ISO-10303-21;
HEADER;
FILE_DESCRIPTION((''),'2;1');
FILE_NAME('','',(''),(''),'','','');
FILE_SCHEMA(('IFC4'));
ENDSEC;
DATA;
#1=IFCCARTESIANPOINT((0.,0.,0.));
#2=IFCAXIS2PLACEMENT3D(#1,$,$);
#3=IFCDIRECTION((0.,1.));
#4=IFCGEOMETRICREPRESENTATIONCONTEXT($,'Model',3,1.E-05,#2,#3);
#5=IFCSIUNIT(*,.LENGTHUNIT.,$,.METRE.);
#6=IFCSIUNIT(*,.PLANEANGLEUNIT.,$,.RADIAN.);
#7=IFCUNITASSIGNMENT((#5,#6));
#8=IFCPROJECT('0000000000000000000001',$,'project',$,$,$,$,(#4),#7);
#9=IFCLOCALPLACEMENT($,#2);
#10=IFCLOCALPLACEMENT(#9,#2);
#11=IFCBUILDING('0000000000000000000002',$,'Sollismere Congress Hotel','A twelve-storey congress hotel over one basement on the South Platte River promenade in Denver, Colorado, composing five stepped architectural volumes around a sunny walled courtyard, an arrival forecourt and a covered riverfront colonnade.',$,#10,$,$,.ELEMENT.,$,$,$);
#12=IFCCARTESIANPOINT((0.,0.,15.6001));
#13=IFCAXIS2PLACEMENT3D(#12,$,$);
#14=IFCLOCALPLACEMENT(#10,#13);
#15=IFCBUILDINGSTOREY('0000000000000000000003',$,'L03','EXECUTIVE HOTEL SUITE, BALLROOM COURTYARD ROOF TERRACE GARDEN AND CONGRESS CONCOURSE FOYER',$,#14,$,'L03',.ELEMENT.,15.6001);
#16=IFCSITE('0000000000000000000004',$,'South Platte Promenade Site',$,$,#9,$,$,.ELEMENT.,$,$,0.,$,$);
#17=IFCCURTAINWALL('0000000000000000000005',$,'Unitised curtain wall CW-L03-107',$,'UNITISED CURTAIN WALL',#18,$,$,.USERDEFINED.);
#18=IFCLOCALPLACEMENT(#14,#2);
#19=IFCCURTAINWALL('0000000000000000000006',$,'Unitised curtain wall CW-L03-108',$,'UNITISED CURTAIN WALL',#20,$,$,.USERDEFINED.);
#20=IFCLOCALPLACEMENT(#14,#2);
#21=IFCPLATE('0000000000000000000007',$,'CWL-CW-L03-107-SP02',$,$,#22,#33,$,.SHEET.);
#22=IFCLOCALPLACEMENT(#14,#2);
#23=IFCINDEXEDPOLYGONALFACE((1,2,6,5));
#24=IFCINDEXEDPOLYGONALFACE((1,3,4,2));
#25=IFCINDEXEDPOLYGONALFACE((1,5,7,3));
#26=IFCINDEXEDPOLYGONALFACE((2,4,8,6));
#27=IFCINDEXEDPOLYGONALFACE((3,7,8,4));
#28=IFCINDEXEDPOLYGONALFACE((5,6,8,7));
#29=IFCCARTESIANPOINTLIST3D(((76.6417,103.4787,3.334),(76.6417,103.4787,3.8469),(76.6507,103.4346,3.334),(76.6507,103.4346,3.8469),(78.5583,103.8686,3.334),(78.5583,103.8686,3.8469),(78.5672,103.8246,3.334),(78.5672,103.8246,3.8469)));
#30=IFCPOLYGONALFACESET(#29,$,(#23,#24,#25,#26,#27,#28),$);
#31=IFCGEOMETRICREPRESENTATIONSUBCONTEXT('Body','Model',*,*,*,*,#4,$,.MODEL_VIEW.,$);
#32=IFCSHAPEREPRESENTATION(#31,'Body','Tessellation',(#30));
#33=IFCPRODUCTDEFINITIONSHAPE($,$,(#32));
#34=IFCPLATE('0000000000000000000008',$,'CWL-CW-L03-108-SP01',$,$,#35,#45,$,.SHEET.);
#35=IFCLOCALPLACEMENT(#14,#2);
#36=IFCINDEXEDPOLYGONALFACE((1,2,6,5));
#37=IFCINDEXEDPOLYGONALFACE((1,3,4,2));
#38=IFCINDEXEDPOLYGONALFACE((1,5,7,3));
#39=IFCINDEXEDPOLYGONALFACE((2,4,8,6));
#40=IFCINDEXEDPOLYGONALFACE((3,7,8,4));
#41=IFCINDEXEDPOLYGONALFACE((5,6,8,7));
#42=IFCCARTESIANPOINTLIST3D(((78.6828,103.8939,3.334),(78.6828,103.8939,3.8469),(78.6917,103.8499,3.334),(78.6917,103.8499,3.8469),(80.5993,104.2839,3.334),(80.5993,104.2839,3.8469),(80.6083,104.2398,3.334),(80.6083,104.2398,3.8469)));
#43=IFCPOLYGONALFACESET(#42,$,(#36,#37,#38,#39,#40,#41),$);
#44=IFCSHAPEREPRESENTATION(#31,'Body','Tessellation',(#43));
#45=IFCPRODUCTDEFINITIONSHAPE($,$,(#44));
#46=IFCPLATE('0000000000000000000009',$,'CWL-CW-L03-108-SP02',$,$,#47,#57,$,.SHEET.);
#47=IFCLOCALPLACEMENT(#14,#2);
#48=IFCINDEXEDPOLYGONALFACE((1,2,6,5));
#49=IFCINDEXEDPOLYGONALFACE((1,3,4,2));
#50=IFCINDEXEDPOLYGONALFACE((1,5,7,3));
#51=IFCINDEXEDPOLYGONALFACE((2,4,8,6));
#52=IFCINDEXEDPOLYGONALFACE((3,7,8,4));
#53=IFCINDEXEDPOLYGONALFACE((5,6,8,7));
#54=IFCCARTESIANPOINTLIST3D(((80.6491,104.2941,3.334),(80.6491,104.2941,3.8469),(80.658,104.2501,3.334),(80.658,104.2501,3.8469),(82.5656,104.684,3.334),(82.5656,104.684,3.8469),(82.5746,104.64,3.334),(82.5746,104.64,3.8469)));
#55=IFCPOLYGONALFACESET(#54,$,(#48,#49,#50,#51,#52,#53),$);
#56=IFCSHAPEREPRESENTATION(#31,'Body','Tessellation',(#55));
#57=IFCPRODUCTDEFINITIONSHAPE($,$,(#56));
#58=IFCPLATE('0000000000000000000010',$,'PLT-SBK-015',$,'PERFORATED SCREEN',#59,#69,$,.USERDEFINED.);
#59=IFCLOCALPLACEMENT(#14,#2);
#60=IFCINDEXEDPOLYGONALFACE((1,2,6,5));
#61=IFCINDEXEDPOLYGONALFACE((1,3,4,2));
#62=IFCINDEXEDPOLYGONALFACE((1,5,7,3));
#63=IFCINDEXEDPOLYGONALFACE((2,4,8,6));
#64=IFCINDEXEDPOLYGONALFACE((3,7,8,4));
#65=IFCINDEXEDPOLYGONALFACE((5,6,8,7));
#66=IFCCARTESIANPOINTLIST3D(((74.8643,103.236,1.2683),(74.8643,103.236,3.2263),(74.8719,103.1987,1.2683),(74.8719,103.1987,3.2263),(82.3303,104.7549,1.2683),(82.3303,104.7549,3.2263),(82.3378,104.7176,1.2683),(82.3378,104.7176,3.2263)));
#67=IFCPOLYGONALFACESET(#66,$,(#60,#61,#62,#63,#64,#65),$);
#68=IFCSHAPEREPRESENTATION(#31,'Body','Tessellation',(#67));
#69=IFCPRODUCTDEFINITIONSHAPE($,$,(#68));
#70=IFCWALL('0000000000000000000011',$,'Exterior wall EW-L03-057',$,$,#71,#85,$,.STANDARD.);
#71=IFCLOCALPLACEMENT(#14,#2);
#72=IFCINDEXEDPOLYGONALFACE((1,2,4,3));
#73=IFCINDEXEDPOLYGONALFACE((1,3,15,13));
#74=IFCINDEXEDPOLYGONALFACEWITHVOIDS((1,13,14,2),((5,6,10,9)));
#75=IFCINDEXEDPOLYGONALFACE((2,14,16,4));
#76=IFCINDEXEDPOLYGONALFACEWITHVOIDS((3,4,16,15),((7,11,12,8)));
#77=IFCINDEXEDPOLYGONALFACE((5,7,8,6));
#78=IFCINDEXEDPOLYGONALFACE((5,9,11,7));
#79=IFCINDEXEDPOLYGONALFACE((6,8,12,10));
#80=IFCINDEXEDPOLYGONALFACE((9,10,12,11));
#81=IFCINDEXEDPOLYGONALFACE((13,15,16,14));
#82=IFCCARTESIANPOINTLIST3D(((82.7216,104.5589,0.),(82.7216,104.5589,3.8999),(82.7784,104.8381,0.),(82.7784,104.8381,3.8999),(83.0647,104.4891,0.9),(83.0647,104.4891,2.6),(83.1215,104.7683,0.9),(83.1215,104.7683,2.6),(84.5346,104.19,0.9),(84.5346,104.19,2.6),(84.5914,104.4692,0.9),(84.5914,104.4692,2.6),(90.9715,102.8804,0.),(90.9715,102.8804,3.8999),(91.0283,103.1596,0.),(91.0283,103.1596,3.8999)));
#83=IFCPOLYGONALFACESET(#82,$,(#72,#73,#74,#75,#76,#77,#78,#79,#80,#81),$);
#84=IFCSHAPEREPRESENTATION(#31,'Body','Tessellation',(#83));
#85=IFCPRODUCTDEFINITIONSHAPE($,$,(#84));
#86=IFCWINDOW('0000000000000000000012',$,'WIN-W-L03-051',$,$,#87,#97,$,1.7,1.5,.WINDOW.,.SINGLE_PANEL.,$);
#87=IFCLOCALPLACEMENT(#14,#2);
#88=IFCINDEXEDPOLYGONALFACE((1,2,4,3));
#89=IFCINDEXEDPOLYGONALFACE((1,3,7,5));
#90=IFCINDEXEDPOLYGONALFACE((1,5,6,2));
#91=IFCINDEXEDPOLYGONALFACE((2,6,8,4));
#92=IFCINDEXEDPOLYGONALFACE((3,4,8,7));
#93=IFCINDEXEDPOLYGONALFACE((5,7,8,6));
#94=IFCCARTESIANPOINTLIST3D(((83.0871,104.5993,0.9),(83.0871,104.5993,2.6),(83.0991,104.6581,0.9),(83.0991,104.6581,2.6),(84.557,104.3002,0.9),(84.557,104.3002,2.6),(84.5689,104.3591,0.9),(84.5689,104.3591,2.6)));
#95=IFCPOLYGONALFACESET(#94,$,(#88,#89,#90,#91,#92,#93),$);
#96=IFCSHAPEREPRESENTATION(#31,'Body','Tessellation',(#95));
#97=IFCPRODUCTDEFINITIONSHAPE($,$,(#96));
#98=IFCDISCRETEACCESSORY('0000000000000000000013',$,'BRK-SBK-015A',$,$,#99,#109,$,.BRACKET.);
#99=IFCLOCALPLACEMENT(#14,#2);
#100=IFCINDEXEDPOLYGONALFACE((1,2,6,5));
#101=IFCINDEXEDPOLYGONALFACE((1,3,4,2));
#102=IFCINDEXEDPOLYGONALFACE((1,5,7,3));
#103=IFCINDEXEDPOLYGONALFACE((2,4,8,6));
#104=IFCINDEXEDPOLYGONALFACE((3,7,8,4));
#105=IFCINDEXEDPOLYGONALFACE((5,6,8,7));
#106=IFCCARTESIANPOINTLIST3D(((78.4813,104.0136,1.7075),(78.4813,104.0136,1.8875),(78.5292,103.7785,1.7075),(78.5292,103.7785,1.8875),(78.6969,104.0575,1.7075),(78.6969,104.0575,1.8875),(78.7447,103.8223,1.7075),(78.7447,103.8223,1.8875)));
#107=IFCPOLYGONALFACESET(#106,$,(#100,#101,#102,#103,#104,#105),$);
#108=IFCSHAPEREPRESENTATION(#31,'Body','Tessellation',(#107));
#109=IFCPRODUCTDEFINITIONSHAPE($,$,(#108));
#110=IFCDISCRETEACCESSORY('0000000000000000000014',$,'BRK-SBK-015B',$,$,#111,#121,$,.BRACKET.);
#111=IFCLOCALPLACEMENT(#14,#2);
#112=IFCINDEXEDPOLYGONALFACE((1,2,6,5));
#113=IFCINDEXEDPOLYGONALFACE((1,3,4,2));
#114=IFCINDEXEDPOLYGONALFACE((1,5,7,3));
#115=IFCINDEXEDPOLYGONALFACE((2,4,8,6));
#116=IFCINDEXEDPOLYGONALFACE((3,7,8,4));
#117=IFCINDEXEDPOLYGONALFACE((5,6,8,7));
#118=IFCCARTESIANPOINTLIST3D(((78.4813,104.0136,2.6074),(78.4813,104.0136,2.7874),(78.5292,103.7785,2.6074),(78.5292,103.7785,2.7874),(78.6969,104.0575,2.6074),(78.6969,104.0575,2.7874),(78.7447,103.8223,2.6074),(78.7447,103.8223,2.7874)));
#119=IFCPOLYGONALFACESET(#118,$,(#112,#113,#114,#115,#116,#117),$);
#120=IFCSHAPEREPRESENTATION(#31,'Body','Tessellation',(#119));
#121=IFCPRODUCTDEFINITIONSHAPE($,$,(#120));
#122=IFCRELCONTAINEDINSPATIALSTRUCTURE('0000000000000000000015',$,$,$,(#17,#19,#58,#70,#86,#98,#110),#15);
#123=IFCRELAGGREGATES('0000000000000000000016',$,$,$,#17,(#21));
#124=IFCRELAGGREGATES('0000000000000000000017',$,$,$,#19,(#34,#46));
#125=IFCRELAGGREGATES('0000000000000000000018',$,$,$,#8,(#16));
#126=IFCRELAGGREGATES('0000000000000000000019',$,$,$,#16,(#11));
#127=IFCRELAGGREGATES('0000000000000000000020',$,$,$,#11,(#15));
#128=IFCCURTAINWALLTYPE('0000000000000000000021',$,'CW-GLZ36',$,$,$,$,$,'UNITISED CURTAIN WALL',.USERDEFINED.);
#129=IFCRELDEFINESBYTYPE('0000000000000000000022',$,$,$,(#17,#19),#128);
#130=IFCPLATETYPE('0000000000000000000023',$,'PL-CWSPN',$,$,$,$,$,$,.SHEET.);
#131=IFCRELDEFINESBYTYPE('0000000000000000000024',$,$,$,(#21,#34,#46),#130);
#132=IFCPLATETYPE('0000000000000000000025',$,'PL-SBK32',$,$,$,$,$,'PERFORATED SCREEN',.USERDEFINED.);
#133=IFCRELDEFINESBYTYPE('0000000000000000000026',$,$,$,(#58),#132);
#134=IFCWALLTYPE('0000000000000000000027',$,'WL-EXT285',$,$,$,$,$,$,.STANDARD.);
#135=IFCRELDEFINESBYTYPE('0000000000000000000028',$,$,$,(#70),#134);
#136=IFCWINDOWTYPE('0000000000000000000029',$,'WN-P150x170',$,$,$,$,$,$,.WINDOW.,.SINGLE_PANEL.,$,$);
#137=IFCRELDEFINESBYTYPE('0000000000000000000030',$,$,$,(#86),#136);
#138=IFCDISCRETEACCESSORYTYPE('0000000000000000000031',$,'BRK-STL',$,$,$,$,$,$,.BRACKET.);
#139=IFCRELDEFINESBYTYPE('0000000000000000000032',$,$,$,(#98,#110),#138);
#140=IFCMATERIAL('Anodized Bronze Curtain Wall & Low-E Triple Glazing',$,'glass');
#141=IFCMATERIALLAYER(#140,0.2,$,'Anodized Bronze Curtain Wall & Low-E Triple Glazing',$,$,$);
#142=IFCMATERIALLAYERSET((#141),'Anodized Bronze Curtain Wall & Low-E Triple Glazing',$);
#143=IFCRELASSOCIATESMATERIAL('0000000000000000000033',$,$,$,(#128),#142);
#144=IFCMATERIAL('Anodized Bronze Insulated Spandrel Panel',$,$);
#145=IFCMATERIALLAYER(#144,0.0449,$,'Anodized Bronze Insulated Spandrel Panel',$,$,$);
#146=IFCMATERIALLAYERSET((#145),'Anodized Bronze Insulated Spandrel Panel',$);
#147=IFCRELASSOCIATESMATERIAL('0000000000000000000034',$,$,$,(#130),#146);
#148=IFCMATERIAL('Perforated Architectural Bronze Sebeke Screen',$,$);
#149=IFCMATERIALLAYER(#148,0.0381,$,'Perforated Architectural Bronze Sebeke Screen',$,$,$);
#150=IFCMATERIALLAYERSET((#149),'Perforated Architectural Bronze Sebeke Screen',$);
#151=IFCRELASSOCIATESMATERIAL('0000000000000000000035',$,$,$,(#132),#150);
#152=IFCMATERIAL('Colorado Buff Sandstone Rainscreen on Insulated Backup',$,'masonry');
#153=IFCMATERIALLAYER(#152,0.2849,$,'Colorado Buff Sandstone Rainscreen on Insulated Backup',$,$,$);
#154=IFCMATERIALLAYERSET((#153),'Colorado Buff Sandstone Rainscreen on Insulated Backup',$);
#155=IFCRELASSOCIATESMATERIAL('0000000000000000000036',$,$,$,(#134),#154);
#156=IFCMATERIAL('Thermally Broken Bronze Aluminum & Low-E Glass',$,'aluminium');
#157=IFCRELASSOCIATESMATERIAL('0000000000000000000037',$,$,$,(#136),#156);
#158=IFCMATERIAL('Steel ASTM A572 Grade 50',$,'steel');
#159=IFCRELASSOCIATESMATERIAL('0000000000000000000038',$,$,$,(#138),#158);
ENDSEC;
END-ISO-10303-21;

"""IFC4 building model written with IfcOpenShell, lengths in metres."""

from ifc_helpers import new_model, si_unit, direction, frame, frame_2d, origin, origin_2d, place, context, subcontext, project, spatial, rectangle, extrude, material, layer, layer_set, type_object, element, fill, aggregate, save


model = new_model("IFC4")

# Units and contexts
model_context = context("Model", 3, precision=1e-05, world=origin(), true_north=direction((0.0, 1.0)))
body_context = subcontext(model_context, "Body", "Model", "MODEL_VIEW")
ifc_project = project(units=[si_unit("LENGTHUNIT", "METRE"), si_unit("PLANEANGLEUNIT", "RADIAN")], contexts=[model_context])

# Site, building, storey
site_placement = place(None, origin())
site = spatial("IfcSite", under=ifc_project, at=site_placement, Name="South Platte Promenade Site", CompositionType="ELEMENT", RefElevation=0.0)
building_placement = place(site_placement, origin())
building = spatial("IfcBuilding", under=site, at=building_placement, Name="Sollismere Congress Hotel", Description="A twelve-storey congress hotel over one basement on the South Platte River promenade in Denver, Colorado, composing five stepped architectural volumes around a sunny walled courtyard, an arrival forecourt and a covered riverfront colonnade.", CompositionType="ELEMENT")
storey_placement = place(building_placement, frame((0.0, 0.0, 15.6001)))
storey = spatial("IfcBuildingStorey", under=building, at=storey_placement, Name="L03", Description="EXECUTIVE HOTEL SUITE, BALLROOM COURTYARD ROOF TERRACE GARDEN AND CONGRESS CONCOURSE FOYER", LongName="L03", CompositionType="ELEMENT", Elevation=15.6001)

# Curtain walls
ifc_material_1 = material(Name="Anodized Bronze Curtain Wall & Low-E Triple Glazing", Category="glass")
ifc_layer_1 = layer(ifc_material_1, 0.2, Name="Anodized Bronze Curtain Wall & Low-E Triple Glazing")
ifc_layer_set_1 = layer_set([ifc_layer_1], Name="Anodized Bronze Curtain Wall & Low-E Triple Glazing")
curtain_wall_type = type_object("IfcCurtainWallType", Name="CW-GLZ36", ElementType="UNITISED CURTAIN WALL", PredefinedType="USERDEFINED", material=ifc_layer_set_1)
curtain_wall_1_placement = place(storey_placement, origin())
curtain_wall_1 = element("IfcCurtainWall", 1, at=curtain_wall_1_placement, inside=storey, type_object=curtain_wall_type, Name="Unitised curtain wall CW-L03-107", ObjectType="UNITISED CURTAIN WALL", PredefinedType="USERDEFINED")
curtain_wall_2_placement = place(storey_placement, origin())
curtain_wall_2 = element("IfcCurtainWall", 2, at=curtain_wall_2_placement, inside=storey, type_object=curtain_wall_type, Name="Unitised curtain wall CW-L03-108", ObjectType="UNITISED CURTAIN WALL", PredefinedType="USERDEFINED")

# Plates
ifc_material_2 = material(Name="Anodized Bronze Insulated Spandrel Panel")
ifc_layer_2 = layer(ifc_material_2, 0.0449, Name="Anodized Bronze Insulated Spandrel Panel")
ifc_layer_set_2 = layer_set([ifc_layer_2], Name="Anodized Bronze Insulated Spandrel Panel")
plate_type_1 = type_object("IfcPlateType", Name="PL-CWSPN", PredefinedType="SHEET", material=ifc_layer_set_2)
plate_1_placement = place(storey_placement, frame((77.6045, 103.6516, 3.334), z_axis=(0.0, 0.0, 1.0), x_axis=(0.979925, 0.199368, 0.0)))
plate_1 = element("IfcPlate", 3, at=plate_1_placement, type_object=plate_type_1, Name="CWL-CW-L03-107-SP02", PredefinedType="SHEET", context=body_context, shape_type="SweptSolid", body=[
    extrude(rectangle(XDim=1.9558, YDim=0.0449, at=origin_2d()), origin(), (0.0, 0.0, 1.0), 0.5129),
])
aggregate(curtain_wall_1, [plate_1])
plate_2_placement = place(storey_placement, frame((79.6455, 104.0669, 3.334), z_axis=(0.0, 0.0, 1.0), x_axis=(0.979925, 0.199368, 0.0)))
plate_2 = element("IfcPlate", 4, at=plate_2_placement, type_object=plate_type_1, Name="CWL-CW-L03-108-SP01", PredefinedType="SHEET", context=body_context, shape_type="SweptSolid", body=[
    extrude(rectangle(XDim=1.9558, YDim=0.0449, at=origin_2d()), origin(), (0.0, 0.0, 1.0), 0.5129),
])
plate_3_placement = place(storey_placement, frame((81.6118, 104.467, 3.334), z_axis=(0.0, 0.0, 1.0), x_axis=(0.979925, 0.199368, 0.0)))
plate_3 = element("IfcPlate", 5, at=plate_3_placement, type_object=plate_type_1, Name="CWL-CW-L03-108-SP02", PredefinedType="SHEET", context=body_context, shape_type="SweptSolid", body=[
    extrude(rectangle(XDim=1.9558, YDim=0.0449, at=origin_2d()), origin(), (0.0, 0.0, 1.0), 0.5129),
])
aggregate(curtain_wall_2, [plate_2, plate_3])
ifc_material_3 = material(Name="Perforated Architectural Bronze Sebeke Screen")
ifc_layer_3 = layer(ifc_material_3, 0.0381, Name="Perforated Architectural Bronze Sebeke Screen")
ifc_layer_set_3 = layer_set([ifc_layer_3], Name="Perforated Architectural Bronze Sebeke Screen")
plate_type_2 = type_object("IfcPlateType", Name="PL-SBK32", ElementType="PERFORATED SCREEN", PredefinedType="USERDEFINED", material=ifc_layer_set_3)
plate_4_placement = place(storey_placement, frame((78.6011, 103.9768, 1.2683), z_axis=(0.0, 0.0, 1.0), x_axis=(0.979925, 0.199368, 0.0)))
element("IfcPlate", 6, at=plate_4_placement, inside=storey, type_object=plate_type_2, Name="PLT-SBK-015", ObjectType="PERFORATED SCREEN", PredefinedType="USERDEFINED", context=body_context, shape_type="SweptSolid", body=[
    extrude(rectangle(XDim=7.6189, YDim=0.0381, at=origin_2d()), origin(), (0.0, 0.0, 1.0), 1.958),
])

# Wall, opening, window
ifc_material_4 = material(Name="Colorado Buff Sandstone Rainscreen on Insulated Backup", Category="masonry")
ifc_layer_4 = layer(ifc_material_4, 0.2849, Name="Colorado Buff Sandstone Rainscreen on Insulated Backup")
ifc_layer_set_4 = layer_set([ifc_layer_4], Name="Colorado Buff Sandstone Rainscreen on Insulated Backup")
wall_type = type_object("IfcWallType", Name="WL-EXT285", PredefinedType="STANDARD", material=ifc_layer_set_4)
wall_placement = place(storey_placement, frame((82.75, 104.6985, 0.0), z_axis=(0.0, 0.0, 1.0), x_axis=(0.979925, -0.199366, 0.0)))
wall = element("IfcWall", 7, at=wall_placement, inside=storey, type_object=wall_type, Name="Exterior wall EW-L03-057", PredefinedType="STANDARD", context=body_context, shape_type="SweptSolid", body=[
    extrude(rectangle(XDim=8.4189, YDim=0.2849, at=frame_2d((4.2095, 0.0))), origin(), (0.0, 0.0, 1.0), 3.8999),
])
opening_placement = place(wall_placement, frame((0.3501, 0.0, 0.8999)))
opening = element("IfcOpeningElement", 8, at=opening_placement, cuts=wall, PredefinedType="OPENING", context=body_context, shape_type="SweptSolid", body=[
    extrude(rectangle(XDim=1.5, YDim=1.7, at=frame_2d((0.75, 0.8501))), frame((0.0, 0.1523, 0.0), z_axis=(0.0, -1.0, 0.0), x_axis=(1.0, 0.0, 0.0)), (0.0, 0.0, 1.0), 0.3049),
])
ifc_material_5 = material(Name="Thermally Broken Bronze Aluminum & Low-E Glass", Category="aluminium")
window_type = type_object("IfcWindowType", Name="WN-P150x170", PartitioningType="SINGLE_PANEL", PredefinedType="WINDOW", material=ifc_material_5)
window_placement = place(opening_placement, origin())
window = element("IfcWindow", 9, at=window_placement, inside=storey, type_object=window_type, Name="WIN-W-L03-051", OverallHeight=1.7, OverallWidth=1.5, PartitioningType="SINGLE_PANEL", PredefinedType="WINDOW", context=body_context, shape_type="SweptSolid", body=[
    extrude(rectangle(XDim=1.5, YDim=1.7, at=frame_2d((0.75, 0.8501))), frame((0.0, 0.03, 0.0), z_axis=(0.0, -1.0, 0.0), x_axis=(1.0, 0.0, 0.0)), (0.0, 0.0, 1.0), 0.0601),
])
fill(opening, window)

# Discrete accessories
ifc_material_6 = material(Name="Steel ASTM A572 Grade 50", Category="steel")
discrete_accessory_type = type_object("IfcDiscreteAccessoryType", Name="BRK-STL", PredefinedType="BRACKET", material=ifc_material_6)
for number, where, z_axis, x_axis, name in (
    (10, (78.613, 103.918, 1.7075), (0.0, 0.0, 1.0), (0.979925, 0.199368, 0.0), "BRK-SBK-015A"),
    (11, (78.613, 103.918, 2.6074), (0.0, 0.0, 1.0), (0.979925, 0.199368, 0.0), "BRK-SBK-015B"),
):
    element("IfcDiscreteAccessory", number, at=place(storey_placement, frame(where, z_axis=z_axis, x_axis=x_axis)), inside=storey, type_object=discrete_accessory_type, Name=name, PredefinedType="BRACKET", context=body_context, shape_type="SweptSolid", body=[
        extrude(rectangle(XDim=0.22, YDim=0.24, at=origin_2d()), origin(), (0.0, 0.0, 1.0), 0.1799),
    ])

save(model, "model.ifc")
